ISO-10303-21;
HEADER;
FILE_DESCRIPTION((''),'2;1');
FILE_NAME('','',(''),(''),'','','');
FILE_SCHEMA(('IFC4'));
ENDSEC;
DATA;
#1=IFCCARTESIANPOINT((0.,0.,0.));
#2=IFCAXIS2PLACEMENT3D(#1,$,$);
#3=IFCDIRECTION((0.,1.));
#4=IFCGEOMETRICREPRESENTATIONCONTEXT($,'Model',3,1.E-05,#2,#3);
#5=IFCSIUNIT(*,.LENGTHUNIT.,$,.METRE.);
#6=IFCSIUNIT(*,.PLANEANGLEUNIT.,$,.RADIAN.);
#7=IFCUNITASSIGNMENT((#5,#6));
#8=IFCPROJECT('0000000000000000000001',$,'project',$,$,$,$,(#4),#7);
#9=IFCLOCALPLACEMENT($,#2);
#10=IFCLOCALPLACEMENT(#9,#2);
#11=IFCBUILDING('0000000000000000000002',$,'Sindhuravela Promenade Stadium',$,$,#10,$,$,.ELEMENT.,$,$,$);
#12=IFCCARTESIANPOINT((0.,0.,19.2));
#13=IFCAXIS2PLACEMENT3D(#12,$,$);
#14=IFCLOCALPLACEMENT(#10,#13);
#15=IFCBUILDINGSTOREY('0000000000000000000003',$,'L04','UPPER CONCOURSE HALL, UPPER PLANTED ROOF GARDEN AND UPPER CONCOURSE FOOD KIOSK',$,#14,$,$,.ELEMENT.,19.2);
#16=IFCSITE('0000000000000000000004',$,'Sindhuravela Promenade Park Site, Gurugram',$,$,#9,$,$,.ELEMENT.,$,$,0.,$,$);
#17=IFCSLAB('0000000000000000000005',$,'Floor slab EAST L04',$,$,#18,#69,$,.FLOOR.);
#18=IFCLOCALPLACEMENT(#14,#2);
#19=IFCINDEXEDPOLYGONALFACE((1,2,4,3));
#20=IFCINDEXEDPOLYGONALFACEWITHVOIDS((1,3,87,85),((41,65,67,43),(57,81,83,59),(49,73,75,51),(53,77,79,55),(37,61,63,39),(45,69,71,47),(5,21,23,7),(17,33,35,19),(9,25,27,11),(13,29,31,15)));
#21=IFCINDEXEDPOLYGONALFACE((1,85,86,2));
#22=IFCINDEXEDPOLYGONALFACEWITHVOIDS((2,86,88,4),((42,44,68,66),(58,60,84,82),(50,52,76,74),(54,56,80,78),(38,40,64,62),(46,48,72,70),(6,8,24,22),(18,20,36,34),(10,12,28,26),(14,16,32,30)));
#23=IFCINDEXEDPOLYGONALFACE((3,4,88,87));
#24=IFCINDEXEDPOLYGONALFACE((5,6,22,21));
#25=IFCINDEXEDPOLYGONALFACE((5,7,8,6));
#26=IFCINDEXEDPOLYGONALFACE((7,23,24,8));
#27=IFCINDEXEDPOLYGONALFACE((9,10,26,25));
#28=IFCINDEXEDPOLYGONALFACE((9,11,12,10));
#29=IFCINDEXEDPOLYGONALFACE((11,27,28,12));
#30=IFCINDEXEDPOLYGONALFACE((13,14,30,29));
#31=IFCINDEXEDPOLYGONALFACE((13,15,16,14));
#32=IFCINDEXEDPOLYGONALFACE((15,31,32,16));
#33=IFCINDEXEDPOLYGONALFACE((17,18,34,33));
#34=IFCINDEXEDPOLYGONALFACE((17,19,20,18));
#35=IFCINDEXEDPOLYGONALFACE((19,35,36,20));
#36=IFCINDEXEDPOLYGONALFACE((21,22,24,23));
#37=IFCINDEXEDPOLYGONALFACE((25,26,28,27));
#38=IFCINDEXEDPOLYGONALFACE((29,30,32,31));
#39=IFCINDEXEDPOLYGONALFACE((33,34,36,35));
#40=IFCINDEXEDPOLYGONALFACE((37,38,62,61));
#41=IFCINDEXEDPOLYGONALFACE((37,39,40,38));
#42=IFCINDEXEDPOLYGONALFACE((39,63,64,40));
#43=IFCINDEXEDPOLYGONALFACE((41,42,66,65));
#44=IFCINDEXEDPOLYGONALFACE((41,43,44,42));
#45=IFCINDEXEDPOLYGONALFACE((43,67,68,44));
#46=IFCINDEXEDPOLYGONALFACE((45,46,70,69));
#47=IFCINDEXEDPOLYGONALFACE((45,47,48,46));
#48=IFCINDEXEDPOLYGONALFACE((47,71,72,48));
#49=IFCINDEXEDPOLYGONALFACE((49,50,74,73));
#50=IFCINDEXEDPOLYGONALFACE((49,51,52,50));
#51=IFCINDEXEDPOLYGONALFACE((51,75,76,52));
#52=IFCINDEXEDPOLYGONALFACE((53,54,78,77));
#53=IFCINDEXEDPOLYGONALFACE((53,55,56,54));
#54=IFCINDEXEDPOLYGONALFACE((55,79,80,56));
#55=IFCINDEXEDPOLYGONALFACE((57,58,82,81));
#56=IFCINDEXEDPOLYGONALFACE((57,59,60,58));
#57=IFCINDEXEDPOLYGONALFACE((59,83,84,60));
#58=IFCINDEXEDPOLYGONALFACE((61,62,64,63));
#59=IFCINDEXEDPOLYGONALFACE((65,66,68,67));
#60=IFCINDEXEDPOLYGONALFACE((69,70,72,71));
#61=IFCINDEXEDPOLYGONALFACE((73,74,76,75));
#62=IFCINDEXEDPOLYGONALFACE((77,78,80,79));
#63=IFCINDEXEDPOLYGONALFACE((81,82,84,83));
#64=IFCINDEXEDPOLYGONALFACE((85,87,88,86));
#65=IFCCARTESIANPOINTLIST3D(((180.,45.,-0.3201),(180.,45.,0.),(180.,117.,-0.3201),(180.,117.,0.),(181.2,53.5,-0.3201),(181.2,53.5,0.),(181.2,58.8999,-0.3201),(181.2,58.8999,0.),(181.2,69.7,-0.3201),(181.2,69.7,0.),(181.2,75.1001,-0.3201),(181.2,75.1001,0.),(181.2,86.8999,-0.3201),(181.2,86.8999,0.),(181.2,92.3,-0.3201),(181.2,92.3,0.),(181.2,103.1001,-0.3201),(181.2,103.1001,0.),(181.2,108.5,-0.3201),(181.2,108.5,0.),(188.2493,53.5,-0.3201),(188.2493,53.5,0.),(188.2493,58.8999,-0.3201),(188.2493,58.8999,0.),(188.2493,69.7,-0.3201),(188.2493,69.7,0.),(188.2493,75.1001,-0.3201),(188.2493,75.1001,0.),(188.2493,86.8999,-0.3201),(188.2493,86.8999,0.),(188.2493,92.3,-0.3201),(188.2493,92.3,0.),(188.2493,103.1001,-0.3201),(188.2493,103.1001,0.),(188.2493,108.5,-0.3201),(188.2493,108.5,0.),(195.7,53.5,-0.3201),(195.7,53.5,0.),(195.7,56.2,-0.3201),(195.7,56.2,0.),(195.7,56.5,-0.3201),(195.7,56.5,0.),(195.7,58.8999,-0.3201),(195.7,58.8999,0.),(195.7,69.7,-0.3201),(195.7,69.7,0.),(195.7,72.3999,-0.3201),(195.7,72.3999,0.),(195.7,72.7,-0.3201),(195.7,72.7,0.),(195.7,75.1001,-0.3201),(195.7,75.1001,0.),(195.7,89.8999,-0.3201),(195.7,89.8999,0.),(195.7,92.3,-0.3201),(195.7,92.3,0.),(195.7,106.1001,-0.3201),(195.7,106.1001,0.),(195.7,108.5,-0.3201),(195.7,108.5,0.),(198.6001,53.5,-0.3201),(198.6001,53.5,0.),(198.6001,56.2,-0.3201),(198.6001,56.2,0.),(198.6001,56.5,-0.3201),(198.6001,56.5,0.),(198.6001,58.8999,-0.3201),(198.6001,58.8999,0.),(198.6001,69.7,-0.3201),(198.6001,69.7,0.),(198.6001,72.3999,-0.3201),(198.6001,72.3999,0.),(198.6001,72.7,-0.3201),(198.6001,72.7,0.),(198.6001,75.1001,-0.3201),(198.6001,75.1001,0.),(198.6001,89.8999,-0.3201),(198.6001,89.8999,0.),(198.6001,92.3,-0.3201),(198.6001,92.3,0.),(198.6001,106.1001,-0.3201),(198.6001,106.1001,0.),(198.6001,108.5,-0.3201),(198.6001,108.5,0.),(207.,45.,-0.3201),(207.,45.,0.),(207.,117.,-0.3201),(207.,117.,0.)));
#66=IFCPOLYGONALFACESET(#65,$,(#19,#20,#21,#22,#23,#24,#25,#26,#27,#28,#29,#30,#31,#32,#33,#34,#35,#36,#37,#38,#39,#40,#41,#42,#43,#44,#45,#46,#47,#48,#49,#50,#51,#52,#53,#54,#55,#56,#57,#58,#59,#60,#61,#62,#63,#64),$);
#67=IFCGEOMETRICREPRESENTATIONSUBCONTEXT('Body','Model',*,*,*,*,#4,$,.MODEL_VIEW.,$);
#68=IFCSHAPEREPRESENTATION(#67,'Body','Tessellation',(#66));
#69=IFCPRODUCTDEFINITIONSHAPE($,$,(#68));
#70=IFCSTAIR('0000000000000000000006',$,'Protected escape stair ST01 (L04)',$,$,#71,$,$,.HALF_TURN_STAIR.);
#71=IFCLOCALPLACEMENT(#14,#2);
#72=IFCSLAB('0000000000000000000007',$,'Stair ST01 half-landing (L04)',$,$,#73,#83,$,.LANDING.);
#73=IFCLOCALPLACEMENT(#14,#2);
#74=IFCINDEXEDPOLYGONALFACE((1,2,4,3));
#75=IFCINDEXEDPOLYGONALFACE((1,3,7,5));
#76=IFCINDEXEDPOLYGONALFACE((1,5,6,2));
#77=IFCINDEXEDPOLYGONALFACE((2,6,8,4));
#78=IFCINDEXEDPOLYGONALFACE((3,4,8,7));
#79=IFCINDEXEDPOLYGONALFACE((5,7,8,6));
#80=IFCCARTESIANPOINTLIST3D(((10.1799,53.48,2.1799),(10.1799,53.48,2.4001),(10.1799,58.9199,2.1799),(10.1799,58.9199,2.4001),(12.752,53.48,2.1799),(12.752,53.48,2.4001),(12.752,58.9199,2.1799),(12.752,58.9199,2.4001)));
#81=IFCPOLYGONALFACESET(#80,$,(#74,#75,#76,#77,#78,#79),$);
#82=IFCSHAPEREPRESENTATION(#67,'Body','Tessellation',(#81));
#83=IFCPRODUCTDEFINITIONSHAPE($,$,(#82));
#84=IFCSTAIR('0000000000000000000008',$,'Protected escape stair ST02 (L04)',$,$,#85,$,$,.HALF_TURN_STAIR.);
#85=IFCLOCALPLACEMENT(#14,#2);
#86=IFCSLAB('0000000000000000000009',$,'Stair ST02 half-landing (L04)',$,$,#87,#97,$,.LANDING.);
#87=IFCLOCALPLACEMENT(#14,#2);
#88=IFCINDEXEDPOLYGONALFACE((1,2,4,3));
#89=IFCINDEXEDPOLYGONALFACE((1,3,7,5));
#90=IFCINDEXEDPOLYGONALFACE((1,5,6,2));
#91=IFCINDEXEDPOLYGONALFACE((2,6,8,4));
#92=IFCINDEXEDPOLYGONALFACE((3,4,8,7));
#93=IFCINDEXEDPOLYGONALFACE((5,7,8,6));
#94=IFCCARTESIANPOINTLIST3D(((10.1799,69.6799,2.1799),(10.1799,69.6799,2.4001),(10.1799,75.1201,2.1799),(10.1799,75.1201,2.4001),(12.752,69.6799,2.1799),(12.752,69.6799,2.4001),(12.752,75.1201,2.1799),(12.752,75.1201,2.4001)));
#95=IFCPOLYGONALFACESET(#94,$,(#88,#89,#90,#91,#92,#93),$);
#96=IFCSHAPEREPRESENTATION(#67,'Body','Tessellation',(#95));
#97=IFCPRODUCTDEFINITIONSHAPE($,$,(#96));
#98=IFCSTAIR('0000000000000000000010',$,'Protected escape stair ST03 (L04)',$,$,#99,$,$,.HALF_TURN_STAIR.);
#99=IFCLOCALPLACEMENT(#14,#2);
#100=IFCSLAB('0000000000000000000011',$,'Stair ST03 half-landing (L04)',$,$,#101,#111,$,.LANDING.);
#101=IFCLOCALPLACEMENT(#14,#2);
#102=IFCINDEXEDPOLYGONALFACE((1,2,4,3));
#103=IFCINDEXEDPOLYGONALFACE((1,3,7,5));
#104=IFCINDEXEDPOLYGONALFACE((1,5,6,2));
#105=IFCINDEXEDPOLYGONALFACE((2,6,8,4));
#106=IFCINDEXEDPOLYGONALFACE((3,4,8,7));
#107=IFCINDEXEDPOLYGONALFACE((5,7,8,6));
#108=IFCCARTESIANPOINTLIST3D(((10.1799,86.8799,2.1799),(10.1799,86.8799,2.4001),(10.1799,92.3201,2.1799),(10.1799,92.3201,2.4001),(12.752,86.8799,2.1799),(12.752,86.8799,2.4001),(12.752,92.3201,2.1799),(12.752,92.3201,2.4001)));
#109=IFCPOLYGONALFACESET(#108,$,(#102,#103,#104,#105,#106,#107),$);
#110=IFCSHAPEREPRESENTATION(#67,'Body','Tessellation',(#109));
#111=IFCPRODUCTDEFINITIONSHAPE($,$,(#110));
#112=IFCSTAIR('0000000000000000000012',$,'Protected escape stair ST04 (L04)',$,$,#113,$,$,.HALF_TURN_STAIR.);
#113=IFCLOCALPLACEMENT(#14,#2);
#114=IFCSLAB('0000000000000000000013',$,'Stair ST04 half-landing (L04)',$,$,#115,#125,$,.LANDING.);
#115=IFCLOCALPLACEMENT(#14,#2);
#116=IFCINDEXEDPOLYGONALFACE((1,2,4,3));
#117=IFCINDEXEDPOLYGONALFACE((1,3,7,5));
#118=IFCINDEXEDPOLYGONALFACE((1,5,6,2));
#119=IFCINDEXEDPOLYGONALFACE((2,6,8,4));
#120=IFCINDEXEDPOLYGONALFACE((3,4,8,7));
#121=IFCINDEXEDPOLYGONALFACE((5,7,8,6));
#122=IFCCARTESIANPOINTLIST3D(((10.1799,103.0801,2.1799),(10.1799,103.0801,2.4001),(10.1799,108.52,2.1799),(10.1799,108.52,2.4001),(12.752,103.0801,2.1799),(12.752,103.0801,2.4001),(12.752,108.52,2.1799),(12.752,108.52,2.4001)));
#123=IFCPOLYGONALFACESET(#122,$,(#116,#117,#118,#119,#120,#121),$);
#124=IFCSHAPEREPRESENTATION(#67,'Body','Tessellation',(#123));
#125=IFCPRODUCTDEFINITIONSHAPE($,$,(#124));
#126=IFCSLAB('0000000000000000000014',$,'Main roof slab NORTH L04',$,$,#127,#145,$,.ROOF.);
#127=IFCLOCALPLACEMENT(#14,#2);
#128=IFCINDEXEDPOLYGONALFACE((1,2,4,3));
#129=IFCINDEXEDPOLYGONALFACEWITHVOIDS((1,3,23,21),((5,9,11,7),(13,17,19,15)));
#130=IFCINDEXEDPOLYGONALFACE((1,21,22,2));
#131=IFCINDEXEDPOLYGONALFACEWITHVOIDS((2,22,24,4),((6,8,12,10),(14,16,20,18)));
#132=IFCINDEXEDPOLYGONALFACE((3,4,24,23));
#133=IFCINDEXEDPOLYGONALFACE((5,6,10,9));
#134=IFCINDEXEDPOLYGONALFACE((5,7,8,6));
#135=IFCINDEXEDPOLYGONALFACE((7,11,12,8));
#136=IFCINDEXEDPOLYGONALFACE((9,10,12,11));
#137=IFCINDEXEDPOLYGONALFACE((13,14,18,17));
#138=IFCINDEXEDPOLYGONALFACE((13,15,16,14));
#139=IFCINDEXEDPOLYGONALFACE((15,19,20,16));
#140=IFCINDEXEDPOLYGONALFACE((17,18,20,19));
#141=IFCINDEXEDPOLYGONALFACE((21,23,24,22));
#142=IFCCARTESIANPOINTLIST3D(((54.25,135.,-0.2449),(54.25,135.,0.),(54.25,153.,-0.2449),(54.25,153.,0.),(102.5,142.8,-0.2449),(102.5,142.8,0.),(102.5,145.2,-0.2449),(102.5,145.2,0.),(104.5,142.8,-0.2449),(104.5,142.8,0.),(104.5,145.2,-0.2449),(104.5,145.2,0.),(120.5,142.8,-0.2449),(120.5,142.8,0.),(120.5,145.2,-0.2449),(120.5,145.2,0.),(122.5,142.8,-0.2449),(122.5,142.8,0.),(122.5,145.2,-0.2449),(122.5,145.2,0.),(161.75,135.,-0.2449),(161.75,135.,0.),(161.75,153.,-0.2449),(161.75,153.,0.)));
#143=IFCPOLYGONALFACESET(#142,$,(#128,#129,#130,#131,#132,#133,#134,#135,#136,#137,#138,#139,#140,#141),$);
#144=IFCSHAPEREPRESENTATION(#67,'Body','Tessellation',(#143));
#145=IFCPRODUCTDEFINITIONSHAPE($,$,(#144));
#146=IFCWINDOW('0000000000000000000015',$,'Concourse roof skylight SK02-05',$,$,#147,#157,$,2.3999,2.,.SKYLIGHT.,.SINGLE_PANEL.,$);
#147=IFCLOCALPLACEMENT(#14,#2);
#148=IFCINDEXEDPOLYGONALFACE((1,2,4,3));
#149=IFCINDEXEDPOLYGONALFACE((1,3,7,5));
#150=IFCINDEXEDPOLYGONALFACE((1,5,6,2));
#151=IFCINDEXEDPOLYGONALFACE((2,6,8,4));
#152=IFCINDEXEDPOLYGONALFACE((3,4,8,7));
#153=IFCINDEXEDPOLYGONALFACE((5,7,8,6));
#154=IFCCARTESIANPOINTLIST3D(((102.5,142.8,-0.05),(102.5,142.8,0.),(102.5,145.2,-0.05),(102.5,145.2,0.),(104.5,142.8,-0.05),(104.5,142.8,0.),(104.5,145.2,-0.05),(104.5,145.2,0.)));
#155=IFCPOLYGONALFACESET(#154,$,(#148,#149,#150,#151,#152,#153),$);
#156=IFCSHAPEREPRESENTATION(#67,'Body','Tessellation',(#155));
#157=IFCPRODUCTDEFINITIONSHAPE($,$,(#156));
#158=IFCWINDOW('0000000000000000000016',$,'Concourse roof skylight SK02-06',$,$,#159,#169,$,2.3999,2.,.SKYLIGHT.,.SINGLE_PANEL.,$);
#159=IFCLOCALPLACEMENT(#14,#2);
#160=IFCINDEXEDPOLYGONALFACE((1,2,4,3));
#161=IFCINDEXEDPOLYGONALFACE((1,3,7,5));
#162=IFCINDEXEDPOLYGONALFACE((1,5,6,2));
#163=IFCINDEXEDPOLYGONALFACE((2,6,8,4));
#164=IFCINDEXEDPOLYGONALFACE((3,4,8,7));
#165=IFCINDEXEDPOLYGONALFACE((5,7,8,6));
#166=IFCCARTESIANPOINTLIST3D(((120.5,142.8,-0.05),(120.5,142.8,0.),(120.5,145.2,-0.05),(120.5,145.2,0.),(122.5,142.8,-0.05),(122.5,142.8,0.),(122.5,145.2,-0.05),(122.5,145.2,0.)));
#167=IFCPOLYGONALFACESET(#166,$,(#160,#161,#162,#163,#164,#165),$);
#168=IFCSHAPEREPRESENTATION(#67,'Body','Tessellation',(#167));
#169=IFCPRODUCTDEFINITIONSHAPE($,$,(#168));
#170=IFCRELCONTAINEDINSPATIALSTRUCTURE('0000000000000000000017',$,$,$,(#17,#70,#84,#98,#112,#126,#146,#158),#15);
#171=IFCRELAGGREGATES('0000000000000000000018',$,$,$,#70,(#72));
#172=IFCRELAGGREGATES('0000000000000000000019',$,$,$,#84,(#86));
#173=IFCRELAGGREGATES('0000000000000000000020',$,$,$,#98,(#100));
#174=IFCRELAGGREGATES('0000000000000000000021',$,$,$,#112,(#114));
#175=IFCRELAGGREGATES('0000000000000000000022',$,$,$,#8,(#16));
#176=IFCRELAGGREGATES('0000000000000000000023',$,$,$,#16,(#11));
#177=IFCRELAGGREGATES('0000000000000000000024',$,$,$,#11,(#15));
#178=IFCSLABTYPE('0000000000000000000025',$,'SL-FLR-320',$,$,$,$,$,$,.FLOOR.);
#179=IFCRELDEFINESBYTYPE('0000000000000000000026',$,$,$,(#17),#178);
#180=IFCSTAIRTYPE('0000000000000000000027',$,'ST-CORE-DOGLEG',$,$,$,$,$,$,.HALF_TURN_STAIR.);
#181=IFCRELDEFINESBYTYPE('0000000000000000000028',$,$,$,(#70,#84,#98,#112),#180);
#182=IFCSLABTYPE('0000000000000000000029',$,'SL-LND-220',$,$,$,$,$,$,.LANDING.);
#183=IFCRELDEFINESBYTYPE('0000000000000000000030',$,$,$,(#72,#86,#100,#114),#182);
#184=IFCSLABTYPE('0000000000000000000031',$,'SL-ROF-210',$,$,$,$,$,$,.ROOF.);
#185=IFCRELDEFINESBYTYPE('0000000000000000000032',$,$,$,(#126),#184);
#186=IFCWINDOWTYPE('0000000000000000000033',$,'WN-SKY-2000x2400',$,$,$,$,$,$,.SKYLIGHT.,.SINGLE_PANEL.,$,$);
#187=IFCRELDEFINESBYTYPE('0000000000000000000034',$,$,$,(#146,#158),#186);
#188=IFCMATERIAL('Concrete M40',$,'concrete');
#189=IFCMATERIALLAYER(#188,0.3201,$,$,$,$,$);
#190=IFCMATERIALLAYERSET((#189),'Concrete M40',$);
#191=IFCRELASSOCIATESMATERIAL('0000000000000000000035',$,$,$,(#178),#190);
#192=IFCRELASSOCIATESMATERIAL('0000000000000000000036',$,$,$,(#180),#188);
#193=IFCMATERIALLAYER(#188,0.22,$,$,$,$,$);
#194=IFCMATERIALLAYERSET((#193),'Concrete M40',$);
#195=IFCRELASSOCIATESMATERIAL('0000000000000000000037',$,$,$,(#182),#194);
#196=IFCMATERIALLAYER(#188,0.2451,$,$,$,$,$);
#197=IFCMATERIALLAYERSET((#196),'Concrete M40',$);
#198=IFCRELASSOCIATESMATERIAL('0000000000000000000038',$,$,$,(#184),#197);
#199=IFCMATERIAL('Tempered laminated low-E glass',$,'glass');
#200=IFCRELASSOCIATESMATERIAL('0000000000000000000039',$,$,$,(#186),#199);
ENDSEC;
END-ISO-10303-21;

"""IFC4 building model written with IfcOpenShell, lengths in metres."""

from ifc_helpers import new_model, si_unit, direction, frame, origin, origin_2d, place, context, subcontext, project, spatial, polyline, rectangle, outline, extrude, material, layer, layer_set, type_object, element, fill, aggregate, save


model = new_model("IFC4")

# Units and contexts
model_context = context("Model", 3, precision=1e-05, world=origin(), true_north=direction((0.0, 1.0)))
body_context = subcontext(model_context, "Body", "Model", "MODEL_VIEW")
ifc_project = project(units=[si_unit("LENGTHUNIT", "METRE"), si_unit("PLANEANGLEUNIT", "RADIAN")], contexts=[model_context])

# Site, building, storey
site_placement = place(None, origin())
site = spatial("IfcSite", under=ifc_project, at=site_placement, Name="Sindhuravela Promenade Park Site, Gurugram", CompositionType="ELEMENT", RefElevation=0.0)
building_placement = place(site_placement, origin())
building = spatial("IfcBuilding", under=site, at=building_placement, Name="Sindhuravela Promenade Stadium", CompositionType="ELEMENT")
storey_placement = place(building_placement, frame((0.0, 0.0, 19.2)))
storey = spatial("IfcBuildingStorey", under=building, at=storey_placement, Name="L04", Description="UPPER CONCOURSE HALL, UPPER PLANTED ROOF GARDEN AND UPPER CONCOURSE FOOD KIOSK", CompositionType="ELEMENT", Elevation=19.2)

# Slab
ifc_material_1 = material(Name="Concrete M40", Category="concrete")
ifc_layer_1 = layer(ifc_material_1, 0.3201)
ifc_layer_set_1 = layer_set([ifc_layer_1], Name="Concrete M40")
slab_type_1 = type_object("IfcSlabType", Name="SL-FLR-320", PredefinedType="FLOOR", material=ifc_layer_set_1)
slab_1_placement = place(storey_placement, frame((0.0, 0.0, -0.3201)))
element("IfcSlab", 1, at=slab_1_placement, inside=storey, type_object=slab_type_1, Name="Floor slab EAST L04", PredefinedType="FLOOR", context=body_context, shape_type="SweptSolid", body=[
    extrude(outline(polyline([(180.0, 45.0), (207.0, 45.0), (207.0, 117.0), (180.0, 117.0), (180.0, 45.0)]), holes=[polyline([(181.2, 53.5), (188.2493, 53.5), (188.2493, 58.8999), (181.2, 58.8999), (181.2, 53.5)]), polyline([(195.7, 56.5), (198.6001, 56.5), (198.6001, 58.8999), (195.7, 58.8999), (195.7, 56.5)]), polyline([(195.7, 53.5), (198.6001, 53.5), (198.6001, 56.2), (195.7, 56.2), (195.7, 53.5)]), polyline([(181.2, 69.7), (188.2493, 69.7), (188.2493, 75.1001), (181.2, 75.1001), (181.2, 69.7)]), polyline([(195.7, 72.7), (198.6001, 72.7), (198.6001, 75.1001), (195.7, 75.1001), (195.7, 72.7)]), polyline([(195.7, 69.7), (198.6001, 69.7), (198.6001, 72.3999), (195.7, 72.3999), (195.7, 69.7)]), polyline([(181.2, 86.8999), (188.2493, 86.8999), (188.2493, 92.3), (181.2, 92.3), (181.2, 86.8999)]), polyline([(195.7, 89.8999), (198.6001, 89.8999), (198.6001, 92.3), (195.7, 92.3), (195.7, 89.8999)]), polyline([(181.2, 103.1001), (188.2493, 103.1001), (188.2493, 108.5), (181.2, 108.5), (181.2, 103.1001)]), polyline([(195.7, 106.1001), (198.6001, 106.1001), (198.6001, 108.5), (195.7, 108.5), (195.7, 106.1001)])]), origin(), (0.0, 0.0, 1.0), 0.3201),
])

# Stairs, slabs
stair_type = type_object("IfcStairType", Name="ST-CORE-DOGLEG", PredefinedType="HALF_TURN_STAIR", material=ifc_material_1)
stair_1_placement = place(storey_placement, origin())
stair_1 = element("IfcStair", 2, at=stair_1_placement, inside=storey, type_object=stair_type, Name="Protected escape stair ST01 (L04)", PredefinedType="HALF_TURN_STAIR")
ifc_layer_2 = layer(ifc_material_1, 0.22)
ifc_layer_set_2 = layer_set([ifc_layer_2], Name="Concrete M40")
slab_type_2 = type_object("IfcSlabType", Name="SL-LND-220", PredefinedType="LANDING", material=ifc_layer_set_2)
slab_2_placement = place(storey_placement, frame((0.0, 0.0, 2.1799)))
slab_2 = element("IfcSlab", 3, at=slab_2_placement, type_object=slab_type_2, Name="Stair ST01 half-landing (L04)", PredefinedType="LANDING", context=body_context, shape_type="SweptSolid", body=[
    extrude(outline(polyline([(10.1799, 53.48), (12.752, 53.48), (12.752, 58.9199), (10.1799, 58.9199), (10.1799, 53.48)])), origin(), (0.0, 0.0, 1.0), 0.2202),
])
aggregate(stair_1, [slab_2])
stair_2_placement = place(storey_placement, origin())
stair_2 = element("IfcStair", 4, at=stair_2_placement, inside=storey, type_object=stair_type, Name="Protected escape stair ST02 (L04)", PredefinedType="HALF_TURN_STAIR")
slab_3_placement = place(storey_placement, frame((0.0, 0.0, 2.1799)))
slab_3 = element("IfcSlab", 5, at=slab_3_placement, type_object=slab_type_2, Name="Stair ST02 half-landing (L04)", PredefinedType="LANDING", context=body_context, shape_type="SweptSolid", body=[
    extrude(outline(polyline([(10.1799, 69.6799), (12.752, 69.6799), (12.752, 75.1201), (10.1799, 75.1201), (10.1799, 69.6799)])), origin(), (0.0, 0.0, 1.0), 0.2202),
])
aggregate(stair_2, [slab_3])
stair_3_placement = place(storey_placement, origin())
stair_3 = element("IfcStair", 6, at=stair_3_placement, inside=storey, type_object=stair_type, Name="Protected escape stair ST03 (L04)", PredefinedType="HALF_TURN_STAIR")
slab_4_placement = place(storey_placement, frame((0.0, 0.0, 2.1799)))
slab_4 = element("IfcSlab", 7, at=slab_4_placement, type_object=slab_type_2, Name="Stair ST03 half-landing (L04)", PredefinedType="LANDING", context=body_context, shape_type="SweptSolid", body=[
    extrude(outline(polyline([(10.1799, 86.8799), (12.752, 86.8799), (12.752, 92.3201), (10.1799, 92.3201), (10.1799, 86.8799)])), origin(), (0.0, 0.0, 1.0), 0.2202),
])
aggregate(stair_3, [slab_4])
stair_4_placement = place(storey_placement, origin())
stair_4 = element("IfcStair", 8, at=stair_4_placement, inside=storey, type_object=stair_type, Name="Protected escape stair ST04 (L04)", PredefinedType="HALF_TURN_STAIR")
slab_5_placement = place(storey_placement, frame((0.0, 0.0, 2.1799)))
slab_5 = element("IfcSlab", 9, at=slab_5_placement, type_object=slab_type_2, Name="Stair ST04 half-landing (L04)", PredefinedType="LANDING", context=body_context, shape_type="SweptSolid", body=[
    extrude(outline(polyline([(10.1799, 103.0801), (12.752, 103.0801), (12.752, 108.52), (10.1799, 108.52), (10.1799, 103.0801)])), origin(), (0.0, 0.0, 1.0), 0.2202),
])
aggregate(stair_4, [slab_5])

# Slab, openings, windows
ifc_layer_3 = layer(ifc_material_1, 0.2451)
ifc_layer_set_3 = layer_set([ifc_layer_3], Name="Concrete M40")
slab_type_3 = type_object("IfcSlabType", Name="SL-ROF-210", PredefinedType="ROOF", material=ifc_layer_set_3)
slab_6_placement = place(storey_placement, frame((0.0, 0.0, -0.2449)))
slab_6 = element("IfcSlab", 10, at=slab_6_placement, inside=storey, type_object=slab_type_3, Name="Main roof slab NORTH L04", PredefinedType="ROOF", context=body_context, shape_type="SweptSolid", body=[
    extrude(outline(polyline([(161.75, 153.0), (161.75, 135.0), (54.25, 135.0), (54.25, 153.0), (161.75, 153.0)])), origin(), (0.0, 0.0, 1.0), 0.2449),
])
opening_1_placement = place(slab_6_placement, frame((103.5, 144.0, -0.01)))
opening_1 = element("IfcOpeningElement", 11, at=opening_1_placement, cuts=slab_6, PredefinedType="OPENING", context=body_context, shape_type="SweptSolid", body=[
    extrude(rectangle(XDim=2.0, YDim=2.3999, at=origin_2d()), origin(), (0.0, 0.0, 1.0), 0.2649),
])
opening_2_placement = place(slab_6_placement, frame((121.5, 144.0, -0.01)))
opening_2 = element("IfcOpeningElement", 12, at=opening_2_placement, cuts=slab_6, PredefinedType="OPENING", context=body_context, shape_type="SweptSolid", body=[
    extrude(rectangle(XDim=2.0, YDim=2.3999, at=origin_2d()), origin(), (0.0, 0.0, 1.0), 0.2649),
])
ifc_material_2 = material(Name="Tempered laminated low-E glass", Category="glass")
window_type = type_object("IfcWindowType", Name="WN-SKY-2000x2400", PartitioningType="SINGLE_PANEL", PredefinedType="SKYLIGHT", material=ifc_material_2)
window_1_placement = place(slab_6_placement, frame((103.5, 144.0, 0.1948)))
window_1 = element("IfcWindow", 13, at=window_1_placement, inside=storey, type_object=window_type, Name="Concourse roof skylight SK02-05", OverallHeight=2.3999, OverallWidth=2.0, PartitioningType="SINGLE_PANEL", PredefinedType="SKYLIGHT", context=body_context, shape_type="SweptSolid", body=[
    extrude(rectangle(XDim=2.0, YDim=2.3999, at=origin_2d()), origin(), (0.0, 0.0, 1.0), 0.05),
])
fill(opening_1, window_1)
window_2_placement = place(slab_6_placement, frame((121.5, 144.0, 0.1948)))
window_2 = element("IfcWindow", 14, at=window_2_placement, inside=storey, type_object=window_type, Name="Concourse roof skylight SK02-06", OverallHeight=2.3999, OverallWidth=2.0, PartitioningType="SINGLE_PANEL", PredefinedType="SKYLIGHT", context=body_context, shape_type="SweptSolid", body=[
    extrude(rectangle(XDim=2.0, YDim=2.3999, at=origin_2d()), origin(), (0.0, 0.0, 1.0), 0.05),
])
fill(opening_2, window_2)

save(model, "model.ifc")
